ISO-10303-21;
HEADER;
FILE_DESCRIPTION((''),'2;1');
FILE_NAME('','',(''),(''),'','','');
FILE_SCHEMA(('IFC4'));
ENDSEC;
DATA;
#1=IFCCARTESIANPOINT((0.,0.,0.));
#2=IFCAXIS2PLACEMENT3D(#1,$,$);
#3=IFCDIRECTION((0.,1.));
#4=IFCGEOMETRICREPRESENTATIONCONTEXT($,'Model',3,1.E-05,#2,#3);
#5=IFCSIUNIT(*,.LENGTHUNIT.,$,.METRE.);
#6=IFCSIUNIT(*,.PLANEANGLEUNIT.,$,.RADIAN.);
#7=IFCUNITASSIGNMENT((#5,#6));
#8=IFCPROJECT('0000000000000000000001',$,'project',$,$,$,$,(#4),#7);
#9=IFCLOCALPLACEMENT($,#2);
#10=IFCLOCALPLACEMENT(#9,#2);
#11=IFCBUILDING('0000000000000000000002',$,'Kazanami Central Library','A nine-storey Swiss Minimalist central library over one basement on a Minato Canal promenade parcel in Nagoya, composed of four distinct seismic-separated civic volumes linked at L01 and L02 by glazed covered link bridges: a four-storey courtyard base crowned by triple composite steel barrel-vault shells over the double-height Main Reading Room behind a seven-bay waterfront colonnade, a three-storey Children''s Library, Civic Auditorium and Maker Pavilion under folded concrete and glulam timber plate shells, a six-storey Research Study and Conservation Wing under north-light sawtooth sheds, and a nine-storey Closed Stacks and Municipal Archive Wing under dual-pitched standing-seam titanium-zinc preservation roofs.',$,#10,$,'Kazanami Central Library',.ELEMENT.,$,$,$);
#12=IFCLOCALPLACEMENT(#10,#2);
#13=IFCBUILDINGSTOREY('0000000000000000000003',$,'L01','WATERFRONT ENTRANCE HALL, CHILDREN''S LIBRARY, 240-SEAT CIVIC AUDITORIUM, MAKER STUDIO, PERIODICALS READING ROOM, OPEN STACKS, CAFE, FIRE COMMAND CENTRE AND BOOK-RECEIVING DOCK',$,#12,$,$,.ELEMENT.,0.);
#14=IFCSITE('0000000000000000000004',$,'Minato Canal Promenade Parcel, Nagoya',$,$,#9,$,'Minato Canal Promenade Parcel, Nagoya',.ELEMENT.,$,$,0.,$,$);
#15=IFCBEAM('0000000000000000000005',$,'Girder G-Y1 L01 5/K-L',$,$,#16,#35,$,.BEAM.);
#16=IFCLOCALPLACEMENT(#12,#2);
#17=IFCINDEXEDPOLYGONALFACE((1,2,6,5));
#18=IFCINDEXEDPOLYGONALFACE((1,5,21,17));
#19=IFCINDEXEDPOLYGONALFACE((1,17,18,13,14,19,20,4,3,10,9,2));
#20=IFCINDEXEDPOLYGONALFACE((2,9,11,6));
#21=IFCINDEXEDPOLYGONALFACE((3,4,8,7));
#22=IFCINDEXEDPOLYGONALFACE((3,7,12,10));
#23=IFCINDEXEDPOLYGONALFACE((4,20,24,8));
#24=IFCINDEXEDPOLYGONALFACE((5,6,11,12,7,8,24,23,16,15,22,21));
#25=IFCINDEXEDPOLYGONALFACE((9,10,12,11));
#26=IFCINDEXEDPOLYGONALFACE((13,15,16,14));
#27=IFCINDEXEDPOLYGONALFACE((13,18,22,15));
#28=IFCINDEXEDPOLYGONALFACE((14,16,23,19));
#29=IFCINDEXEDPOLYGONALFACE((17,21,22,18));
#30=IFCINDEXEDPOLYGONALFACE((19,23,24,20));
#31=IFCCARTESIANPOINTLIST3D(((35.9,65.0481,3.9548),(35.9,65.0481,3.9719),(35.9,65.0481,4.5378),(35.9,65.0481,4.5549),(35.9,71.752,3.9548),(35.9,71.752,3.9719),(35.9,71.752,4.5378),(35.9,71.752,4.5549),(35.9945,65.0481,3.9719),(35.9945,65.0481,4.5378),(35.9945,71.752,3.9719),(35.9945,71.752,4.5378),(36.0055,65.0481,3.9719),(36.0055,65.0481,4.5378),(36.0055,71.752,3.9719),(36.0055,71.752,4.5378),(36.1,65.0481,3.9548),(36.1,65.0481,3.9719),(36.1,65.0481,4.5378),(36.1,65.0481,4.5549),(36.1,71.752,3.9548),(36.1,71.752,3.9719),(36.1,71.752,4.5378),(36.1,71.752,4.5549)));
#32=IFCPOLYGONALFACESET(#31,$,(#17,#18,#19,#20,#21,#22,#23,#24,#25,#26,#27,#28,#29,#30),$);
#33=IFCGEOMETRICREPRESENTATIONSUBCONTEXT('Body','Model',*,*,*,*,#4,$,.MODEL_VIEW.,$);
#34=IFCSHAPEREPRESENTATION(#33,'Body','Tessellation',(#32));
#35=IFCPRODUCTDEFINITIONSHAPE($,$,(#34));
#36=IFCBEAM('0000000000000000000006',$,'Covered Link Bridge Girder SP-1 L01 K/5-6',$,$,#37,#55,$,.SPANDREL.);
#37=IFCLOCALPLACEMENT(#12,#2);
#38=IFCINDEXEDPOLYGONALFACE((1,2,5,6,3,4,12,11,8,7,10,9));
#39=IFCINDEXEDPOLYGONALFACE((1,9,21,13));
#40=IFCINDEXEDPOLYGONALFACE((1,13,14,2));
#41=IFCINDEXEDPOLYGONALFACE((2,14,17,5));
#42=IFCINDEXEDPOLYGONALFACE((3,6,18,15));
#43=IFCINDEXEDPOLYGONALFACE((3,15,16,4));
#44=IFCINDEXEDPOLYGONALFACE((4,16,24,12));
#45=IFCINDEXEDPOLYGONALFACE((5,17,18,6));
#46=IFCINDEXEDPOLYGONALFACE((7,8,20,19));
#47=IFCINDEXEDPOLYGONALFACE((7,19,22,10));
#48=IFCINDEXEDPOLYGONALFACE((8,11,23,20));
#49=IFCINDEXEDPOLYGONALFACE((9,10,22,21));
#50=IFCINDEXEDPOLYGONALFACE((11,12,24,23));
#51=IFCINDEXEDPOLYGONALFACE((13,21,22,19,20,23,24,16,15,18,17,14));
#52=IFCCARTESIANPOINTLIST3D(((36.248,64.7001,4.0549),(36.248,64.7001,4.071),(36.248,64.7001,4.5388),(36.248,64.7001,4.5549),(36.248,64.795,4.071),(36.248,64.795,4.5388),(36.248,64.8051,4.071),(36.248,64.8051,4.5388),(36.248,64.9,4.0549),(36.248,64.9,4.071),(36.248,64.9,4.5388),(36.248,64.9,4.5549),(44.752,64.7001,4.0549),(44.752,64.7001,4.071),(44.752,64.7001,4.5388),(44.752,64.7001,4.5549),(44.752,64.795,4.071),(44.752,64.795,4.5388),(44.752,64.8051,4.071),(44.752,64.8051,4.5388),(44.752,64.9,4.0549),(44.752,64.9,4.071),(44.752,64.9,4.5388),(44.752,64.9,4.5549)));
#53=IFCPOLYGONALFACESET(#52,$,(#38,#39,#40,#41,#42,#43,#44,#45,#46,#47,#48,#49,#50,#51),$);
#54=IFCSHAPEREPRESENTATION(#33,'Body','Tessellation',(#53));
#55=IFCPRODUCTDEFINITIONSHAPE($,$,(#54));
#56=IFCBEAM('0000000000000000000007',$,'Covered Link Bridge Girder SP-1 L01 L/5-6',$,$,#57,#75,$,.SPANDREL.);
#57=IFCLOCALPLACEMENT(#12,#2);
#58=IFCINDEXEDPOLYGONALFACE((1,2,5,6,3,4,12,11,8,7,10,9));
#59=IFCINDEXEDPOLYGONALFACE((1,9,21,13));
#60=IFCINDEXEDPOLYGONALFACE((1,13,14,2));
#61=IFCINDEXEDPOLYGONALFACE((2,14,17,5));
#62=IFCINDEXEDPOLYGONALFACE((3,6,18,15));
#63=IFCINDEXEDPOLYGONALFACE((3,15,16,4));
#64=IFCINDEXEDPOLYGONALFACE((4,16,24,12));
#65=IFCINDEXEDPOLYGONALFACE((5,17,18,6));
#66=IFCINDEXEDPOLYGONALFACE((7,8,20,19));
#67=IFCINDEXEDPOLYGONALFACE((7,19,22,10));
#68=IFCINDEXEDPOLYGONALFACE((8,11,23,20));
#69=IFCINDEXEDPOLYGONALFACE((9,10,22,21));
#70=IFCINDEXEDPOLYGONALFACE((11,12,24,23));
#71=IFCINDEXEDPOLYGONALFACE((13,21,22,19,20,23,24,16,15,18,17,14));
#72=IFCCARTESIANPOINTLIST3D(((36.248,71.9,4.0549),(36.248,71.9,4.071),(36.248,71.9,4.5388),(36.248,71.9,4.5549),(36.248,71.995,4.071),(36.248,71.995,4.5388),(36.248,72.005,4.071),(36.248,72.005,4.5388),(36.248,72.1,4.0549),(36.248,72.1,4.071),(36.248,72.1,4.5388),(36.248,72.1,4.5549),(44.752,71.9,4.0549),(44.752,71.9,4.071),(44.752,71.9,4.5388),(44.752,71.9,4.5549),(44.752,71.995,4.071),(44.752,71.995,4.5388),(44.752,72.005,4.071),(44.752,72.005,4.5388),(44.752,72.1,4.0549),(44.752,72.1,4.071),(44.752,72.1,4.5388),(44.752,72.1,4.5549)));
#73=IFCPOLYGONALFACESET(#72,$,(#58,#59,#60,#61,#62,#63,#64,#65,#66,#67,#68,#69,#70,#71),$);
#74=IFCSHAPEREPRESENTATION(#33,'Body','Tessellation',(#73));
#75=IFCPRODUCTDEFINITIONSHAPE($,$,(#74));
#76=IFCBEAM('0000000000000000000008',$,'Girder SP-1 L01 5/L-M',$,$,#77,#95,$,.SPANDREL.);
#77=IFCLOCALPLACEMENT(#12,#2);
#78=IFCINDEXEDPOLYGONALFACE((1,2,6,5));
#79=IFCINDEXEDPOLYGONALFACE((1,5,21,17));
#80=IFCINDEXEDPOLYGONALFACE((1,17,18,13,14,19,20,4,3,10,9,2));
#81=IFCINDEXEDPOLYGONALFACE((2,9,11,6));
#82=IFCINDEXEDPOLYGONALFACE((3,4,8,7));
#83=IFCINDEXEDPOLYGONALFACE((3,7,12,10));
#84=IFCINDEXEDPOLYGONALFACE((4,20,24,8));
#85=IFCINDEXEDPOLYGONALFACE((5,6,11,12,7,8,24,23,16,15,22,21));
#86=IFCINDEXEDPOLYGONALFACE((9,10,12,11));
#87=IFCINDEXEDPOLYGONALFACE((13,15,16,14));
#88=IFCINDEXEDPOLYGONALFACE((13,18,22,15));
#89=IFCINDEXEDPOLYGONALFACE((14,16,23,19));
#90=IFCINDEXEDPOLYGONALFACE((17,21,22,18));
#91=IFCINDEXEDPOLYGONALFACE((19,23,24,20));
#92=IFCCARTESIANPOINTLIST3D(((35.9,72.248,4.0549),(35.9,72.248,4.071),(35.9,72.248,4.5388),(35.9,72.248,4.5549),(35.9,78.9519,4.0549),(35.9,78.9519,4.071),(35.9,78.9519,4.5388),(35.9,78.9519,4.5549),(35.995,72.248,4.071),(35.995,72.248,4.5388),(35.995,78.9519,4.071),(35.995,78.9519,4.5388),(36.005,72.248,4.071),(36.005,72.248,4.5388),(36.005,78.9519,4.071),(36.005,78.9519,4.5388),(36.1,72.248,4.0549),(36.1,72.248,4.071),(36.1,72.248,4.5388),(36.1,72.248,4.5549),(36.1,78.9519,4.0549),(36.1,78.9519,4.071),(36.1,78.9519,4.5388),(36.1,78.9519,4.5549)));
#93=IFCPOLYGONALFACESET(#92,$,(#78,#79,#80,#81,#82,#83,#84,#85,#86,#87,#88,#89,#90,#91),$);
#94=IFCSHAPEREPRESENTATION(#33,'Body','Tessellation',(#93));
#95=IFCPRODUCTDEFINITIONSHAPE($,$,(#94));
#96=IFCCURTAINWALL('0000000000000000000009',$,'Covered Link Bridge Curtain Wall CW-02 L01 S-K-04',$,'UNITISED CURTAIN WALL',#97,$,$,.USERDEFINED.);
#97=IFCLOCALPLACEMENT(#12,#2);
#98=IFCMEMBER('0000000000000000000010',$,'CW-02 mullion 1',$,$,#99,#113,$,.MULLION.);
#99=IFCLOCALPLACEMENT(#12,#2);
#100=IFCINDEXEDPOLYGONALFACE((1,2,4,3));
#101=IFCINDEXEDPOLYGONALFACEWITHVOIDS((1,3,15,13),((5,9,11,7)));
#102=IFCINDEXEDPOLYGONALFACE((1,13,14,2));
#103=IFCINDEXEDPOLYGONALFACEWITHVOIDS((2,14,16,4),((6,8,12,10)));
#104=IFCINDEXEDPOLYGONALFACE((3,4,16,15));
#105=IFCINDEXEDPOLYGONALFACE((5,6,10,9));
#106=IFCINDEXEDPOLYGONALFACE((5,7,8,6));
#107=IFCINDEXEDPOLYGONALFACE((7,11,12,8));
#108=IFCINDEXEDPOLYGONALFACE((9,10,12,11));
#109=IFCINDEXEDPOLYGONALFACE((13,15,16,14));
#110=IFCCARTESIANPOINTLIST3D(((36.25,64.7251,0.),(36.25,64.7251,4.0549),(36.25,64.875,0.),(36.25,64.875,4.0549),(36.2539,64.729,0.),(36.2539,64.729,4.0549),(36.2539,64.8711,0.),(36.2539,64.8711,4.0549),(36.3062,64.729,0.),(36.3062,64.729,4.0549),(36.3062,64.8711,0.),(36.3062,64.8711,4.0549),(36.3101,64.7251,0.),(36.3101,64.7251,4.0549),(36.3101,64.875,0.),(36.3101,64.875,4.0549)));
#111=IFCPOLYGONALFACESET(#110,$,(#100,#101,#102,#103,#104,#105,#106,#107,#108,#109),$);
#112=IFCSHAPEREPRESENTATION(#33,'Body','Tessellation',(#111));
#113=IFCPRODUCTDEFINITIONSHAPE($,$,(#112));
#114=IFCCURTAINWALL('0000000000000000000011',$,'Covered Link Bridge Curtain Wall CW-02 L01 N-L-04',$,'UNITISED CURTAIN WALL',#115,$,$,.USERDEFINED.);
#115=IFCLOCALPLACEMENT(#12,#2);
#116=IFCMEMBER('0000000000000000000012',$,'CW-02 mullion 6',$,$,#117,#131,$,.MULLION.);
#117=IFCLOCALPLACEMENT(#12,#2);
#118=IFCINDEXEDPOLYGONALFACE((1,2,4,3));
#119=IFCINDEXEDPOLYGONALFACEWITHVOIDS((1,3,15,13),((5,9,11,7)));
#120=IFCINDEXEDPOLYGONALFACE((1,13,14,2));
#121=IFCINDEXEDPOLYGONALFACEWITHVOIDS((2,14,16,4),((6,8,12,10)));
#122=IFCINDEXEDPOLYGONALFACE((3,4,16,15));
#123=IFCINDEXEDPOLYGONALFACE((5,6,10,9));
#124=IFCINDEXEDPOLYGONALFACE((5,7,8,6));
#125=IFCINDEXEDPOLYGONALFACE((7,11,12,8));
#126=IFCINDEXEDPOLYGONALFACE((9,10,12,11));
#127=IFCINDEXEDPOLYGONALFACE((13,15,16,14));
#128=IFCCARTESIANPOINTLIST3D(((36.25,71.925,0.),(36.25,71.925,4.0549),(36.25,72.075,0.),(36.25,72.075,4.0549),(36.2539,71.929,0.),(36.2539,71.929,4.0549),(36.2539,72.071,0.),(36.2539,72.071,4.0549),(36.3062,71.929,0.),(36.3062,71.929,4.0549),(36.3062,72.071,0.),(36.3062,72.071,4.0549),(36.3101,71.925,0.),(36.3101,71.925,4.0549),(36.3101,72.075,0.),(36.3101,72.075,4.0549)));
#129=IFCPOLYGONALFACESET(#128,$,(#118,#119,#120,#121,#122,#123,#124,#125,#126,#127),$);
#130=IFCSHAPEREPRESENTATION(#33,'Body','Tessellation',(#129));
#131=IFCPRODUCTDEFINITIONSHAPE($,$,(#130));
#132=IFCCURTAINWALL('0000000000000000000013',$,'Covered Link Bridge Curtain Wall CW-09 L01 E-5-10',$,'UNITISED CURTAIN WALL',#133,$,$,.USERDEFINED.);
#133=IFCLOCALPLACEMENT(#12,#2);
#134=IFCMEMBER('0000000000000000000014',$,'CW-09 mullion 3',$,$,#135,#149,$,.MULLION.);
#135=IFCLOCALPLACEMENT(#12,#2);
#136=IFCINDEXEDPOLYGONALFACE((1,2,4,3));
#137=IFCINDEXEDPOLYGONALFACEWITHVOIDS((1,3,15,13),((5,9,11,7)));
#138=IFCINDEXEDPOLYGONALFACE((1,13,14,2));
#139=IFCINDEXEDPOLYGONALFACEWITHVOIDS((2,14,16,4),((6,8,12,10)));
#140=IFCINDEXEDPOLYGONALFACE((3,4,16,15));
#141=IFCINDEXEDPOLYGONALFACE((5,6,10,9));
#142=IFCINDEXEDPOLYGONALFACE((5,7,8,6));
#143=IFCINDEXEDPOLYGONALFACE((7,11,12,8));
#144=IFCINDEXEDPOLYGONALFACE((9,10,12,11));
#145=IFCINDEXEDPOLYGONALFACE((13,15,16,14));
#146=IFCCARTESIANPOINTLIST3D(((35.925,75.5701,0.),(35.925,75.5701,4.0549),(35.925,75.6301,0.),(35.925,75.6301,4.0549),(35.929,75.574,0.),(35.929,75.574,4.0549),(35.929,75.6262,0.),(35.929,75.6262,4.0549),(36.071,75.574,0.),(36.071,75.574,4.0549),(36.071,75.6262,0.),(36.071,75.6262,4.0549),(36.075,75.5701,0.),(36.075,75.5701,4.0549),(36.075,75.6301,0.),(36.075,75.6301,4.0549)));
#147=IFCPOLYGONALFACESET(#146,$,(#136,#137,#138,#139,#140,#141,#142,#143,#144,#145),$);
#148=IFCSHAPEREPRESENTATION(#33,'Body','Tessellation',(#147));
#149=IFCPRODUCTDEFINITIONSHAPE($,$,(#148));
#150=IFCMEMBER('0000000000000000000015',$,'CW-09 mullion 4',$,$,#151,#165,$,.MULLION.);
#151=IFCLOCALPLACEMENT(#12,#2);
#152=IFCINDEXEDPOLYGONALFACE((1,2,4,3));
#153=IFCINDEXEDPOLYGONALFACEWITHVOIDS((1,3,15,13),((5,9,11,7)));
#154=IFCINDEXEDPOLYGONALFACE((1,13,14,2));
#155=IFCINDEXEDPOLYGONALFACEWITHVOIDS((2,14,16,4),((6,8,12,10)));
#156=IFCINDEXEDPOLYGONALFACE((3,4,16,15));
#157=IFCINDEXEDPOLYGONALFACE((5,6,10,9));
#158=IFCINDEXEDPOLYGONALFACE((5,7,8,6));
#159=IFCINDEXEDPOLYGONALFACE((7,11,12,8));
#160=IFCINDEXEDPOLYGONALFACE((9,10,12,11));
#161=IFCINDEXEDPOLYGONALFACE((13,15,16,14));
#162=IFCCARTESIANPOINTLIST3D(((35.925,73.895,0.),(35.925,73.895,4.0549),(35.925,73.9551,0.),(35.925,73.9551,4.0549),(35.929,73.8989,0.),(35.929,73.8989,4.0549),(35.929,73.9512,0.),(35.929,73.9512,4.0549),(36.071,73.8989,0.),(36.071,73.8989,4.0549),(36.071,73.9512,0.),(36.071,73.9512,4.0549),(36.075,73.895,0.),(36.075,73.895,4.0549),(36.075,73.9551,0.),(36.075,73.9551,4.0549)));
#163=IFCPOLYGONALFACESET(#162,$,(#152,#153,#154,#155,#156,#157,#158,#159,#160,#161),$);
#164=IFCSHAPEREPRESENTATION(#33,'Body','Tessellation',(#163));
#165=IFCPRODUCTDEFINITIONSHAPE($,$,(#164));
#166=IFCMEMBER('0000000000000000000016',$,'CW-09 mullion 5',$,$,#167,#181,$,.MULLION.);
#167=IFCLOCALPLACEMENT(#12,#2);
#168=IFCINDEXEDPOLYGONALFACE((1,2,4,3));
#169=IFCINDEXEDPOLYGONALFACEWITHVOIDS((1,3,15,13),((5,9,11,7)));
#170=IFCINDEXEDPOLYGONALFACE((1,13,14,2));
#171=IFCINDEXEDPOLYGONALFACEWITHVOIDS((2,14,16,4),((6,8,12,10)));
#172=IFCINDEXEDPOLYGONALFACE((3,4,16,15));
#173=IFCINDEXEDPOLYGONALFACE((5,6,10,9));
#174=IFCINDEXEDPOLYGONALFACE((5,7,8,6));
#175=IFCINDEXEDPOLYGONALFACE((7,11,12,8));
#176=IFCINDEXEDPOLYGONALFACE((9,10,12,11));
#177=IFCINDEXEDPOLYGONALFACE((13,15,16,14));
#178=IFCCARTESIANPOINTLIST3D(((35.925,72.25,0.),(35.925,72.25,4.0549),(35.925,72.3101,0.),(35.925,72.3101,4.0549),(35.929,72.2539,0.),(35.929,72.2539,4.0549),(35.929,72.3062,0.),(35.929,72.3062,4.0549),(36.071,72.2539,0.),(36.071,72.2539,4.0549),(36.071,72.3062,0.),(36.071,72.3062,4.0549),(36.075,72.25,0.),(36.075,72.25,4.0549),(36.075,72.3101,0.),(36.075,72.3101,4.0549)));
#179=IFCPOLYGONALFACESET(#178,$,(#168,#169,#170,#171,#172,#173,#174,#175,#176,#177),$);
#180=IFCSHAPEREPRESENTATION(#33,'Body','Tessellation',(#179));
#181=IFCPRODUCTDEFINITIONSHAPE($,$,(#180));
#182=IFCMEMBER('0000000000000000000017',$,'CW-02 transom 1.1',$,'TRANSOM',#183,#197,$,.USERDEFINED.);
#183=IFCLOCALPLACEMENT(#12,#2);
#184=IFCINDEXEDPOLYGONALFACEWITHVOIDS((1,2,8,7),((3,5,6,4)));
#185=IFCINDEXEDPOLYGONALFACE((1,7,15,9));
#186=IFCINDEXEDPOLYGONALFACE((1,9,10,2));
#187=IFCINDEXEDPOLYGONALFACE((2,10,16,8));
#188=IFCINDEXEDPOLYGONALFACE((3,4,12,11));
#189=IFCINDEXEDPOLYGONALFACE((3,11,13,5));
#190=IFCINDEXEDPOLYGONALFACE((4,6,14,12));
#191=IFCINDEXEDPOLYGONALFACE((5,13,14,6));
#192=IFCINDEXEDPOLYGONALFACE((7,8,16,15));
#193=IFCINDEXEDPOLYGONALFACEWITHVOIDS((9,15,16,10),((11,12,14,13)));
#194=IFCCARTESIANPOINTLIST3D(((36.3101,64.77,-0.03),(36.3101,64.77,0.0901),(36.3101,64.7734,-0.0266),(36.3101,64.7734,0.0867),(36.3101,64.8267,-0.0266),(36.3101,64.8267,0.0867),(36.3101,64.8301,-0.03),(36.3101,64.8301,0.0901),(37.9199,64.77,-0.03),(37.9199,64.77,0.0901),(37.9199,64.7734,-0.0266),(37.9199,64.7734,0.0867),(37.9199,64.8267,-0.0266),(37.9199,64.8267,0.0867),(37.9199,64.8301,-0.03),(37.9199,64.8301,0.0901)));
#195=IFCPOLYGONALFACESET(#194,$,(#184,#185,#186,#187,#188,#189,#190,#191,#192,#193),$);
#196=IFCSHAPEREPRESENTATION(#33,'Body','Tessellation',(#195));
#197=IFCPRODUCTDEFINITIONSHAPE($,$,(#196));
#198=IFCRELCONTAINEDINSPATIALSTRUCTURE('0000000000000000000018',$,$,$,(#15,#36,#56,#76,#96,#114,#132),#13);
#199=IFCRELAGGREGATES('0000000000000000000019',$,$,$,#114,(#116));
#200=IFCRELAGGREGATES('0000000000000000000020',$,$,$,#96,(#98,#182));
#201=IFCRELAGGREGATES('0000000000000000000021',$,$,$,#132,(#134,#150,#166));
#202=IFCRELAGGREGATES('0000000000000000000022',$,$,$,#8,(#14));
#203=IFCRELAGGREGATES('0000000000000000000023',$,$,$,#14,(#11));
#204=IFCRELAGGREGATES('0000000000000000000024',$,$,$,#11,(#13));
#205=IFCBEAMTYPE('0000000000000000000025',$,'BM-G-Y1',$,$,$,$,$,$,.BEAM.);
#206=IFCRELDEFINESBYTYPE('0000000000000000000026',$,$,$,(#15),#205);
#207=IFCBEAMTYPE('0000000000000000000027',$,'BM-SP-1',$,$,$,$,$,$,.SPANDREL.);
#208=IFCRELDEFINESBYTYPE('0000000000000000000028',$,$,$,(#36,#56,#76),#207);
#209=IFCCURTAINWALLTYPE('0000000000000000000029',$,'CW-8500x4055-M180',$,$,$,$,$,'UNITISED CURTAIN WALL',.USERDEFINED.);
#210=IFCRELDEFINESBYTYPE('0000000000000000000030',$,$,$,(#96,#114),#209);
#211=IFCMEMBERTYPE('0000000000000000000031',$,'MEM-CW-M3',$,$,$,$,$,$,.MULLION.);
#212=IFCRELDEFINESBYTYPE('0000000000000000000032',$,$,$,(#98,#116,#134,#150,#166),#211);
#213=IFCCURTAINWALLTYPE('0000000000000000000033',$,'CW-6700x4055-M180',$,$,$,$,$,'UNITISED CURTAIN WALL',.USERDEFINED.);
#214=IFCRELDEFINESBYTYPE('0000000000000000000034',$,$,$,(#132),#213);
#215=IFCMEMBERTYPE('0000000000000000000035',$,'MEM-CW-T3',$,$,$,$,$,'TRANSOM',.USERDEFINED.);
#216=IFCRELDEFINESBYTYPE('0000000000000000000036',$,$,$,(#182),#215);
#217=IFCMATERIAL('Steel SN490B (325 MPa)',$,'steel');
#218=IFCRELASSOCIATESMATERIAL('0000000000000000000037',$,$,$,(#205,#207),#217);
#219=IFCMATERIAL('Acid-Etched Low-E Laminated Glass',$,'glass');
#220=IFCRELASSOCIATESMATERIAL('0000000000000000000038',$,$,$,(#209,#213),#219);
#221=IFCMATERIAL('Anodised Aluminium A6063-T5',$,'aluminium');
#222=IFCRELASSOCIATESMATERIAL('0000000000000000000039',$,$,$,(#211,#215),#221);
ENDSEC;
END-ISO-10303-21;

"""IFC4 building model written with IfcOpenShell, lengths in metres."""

from ifc_helpers import new_model, si_unit, direction, frame, origin, origin_2d, place, context, subcontext, project, spatial, hollow_rectangle, i_section, extrude, material, material_profile, profile_set, type_object, element, aggregate, save


model = new_model("IFC4")

# Units and contexts
model_context = context("Model", 3, precision=1e-05, world=origin(), true_north=direction((0.0, 1.0)))
body_context = subcontext(model_context, "Body", "Model", "MODEL_VIEW")
ifc_project = project(units=[si_unit("LENGTHUNIT", "METRE"), si_unit("PLANEANGLEUNIT", "RADIAN")], contexts=[model_context])

# Site, building, storey
site_placement = place(None, origin())
site = spatial("IfcSite", under=ifc_project, at=site_placement, Name="Minato Canal Promenade Parcel, Nagoya", LongName="Minato Canal Promenade Parcel, Nagoya", CompositionType="ELEMENT", RefElevation=0.0)
building_placement = place(site_placement, origin())
building = spatial("IfcBuilding", under=site, at=building_placement, Name="Kazanami Central Library", Description="A nine-storey Swiss Minimalist central library over one basement on a Minato Canal promenade parcel in Nagoya, composed of four distinct seismic-separated civic volumes linked at L01 and L02 by glazed covered link bridges: a four-storey courtyard base crowned by triple composite steel barrel-vault shells over the double-height Main Reading Room behind a seven-bay waterfront colonnade, a three-storey Children's Library, Civic Auditorium and Maker Pavilion under folded concrete and glulam timber plate shells, a six-storey Research Study and Conservation Wing under north-light sawtooth sheds, and a nine-storey Closed Stacks and Municipal Archive Wing under dual-pitched standing-seam titanium-zinc preservation roofs.", LongName="Kazanami Central Library", CompositionType="ELEMENT")
storey_placement = place(building_placement, origin())
storey = spatial("IfcBuildingStorey", under=building, at=storey_placement, Name="L01", Description="WATERFRONT ENTRANCE HALL, CHILDREN'S LIBRARY, 240-SEAT CIVIC AUDITORIUM, MAKER STUDIO, PERIODICALS READING ROOM, OPEN STACKS, CAFE, FIRE COMMAND CENTRE AND BOOK-RECEIVING DOCK", CompositionType="ELEMENT", Elevation=0.0)

# Beams
ifc_material_1 = material(Name="Steel SN490B (325 MPa)", Category="steel")
ifc_material_profile_1 = material_profile(ifc_material_1, i_section(OverallWidth=0.2, OverallDepth=0.6001, WebThickness=0.011, FlangeThickness=0.0171, at=origin_2d()), Name="H-600x200x11x17")
ifc_profile_set_1 = profile_set([ifc_material_profile_1], Name="Steel SN490B (325 MPa)")
beam_type_1 = type_object("IfcBeamType", Name="BM-G-Y1", PredefinedType="BEAM", material=ifc_profile_set_1)
beam_1_placement = place(storey_placement, frame((36.0, 65.0481, 4.2549), z_axis=(0.0, 1.0, 0.0), x_axis=(-1.0, 0.0, 0.0)))
element("IfcBeam", 1, at=beam_1_placement, inside=storey, type_object=beam_type_1, Name="Girder G-Y1 L01 5/K-L", PredefinedType="BEAM", context=body_context, shape_type="SweptSolid", body=[
    extrude(i_section(OverallWidth=0.2, OverallDepth=0.6001, WebThickness=0.011, FlangeThickness=0.0171, at=origin_2d()), origin(), (0.0, 0.0, 1.0), 6.7039),
])
ifc_material_profile_2 = material_profile(ifc_material_1, i_section(OverallWidth=0.2, OverallDepth=0.5, WebThickness=0.01, FlangeThickness=0.0161, at=origin_2d()), Name="H-500x200x10x16")
ifc_profile_set_2 = profile_set([ifc_material_profile_2], Name="Steel SN490B (325 MPa)")
beam_type_2 = type_object("IfcBeamType", Name="BM-SP-1", PredefinedType="SPANDREL", material=ifc_profile_set_2)
for number, where, z_axis, x_axis, name in (
    (2, (36.248, 64.8, 4.3049), (1.0, 0.0, 0.0), (0.0, 1.0, 0.0), "Covered Link Bridge Girder SP-1 L01 K/5-6"),
    (3, (36.248, 72.0, 4.3049), (1.0, 0.0, 0.0), (0.0, 1.0, 0.0), "Covered Link Bridge Girder SP-1 L01 L/5-6"),
):
    element("IfcBeam", number, at=place(storey_placement, frame(where, z_axis=z_axis, x_axis=x_axis)), inside=storey, type_object=beam_type_2, Name=name, PredefinedType="SPANDREL", context=body_context, shape_type="SweptSolid", body=[
        extrude(i_section(OverallWidth=0.2, OverallDepth=0.5, WebThickness=0.01, FlangeThickness=0.0161, at=origin_2d()), origin(), (0.0, 0.0, 1.0), 8.5039),
    ])
beam_2_placement = place(storey_placement, frame((36.0, 72.248, 4.3049), z_axis=(0.0, 1.0, 0.0), x_axis=(-1.0, 0.0, 0.0)))
element("IfcBeam", 4, at=beam_2_placement, inside=storey, type_object=beam_type_2, Name="Girder SP-1 L01 5/L-M", PredefinedType="SPANDREL", context=body_context, shape_type="SweptSolid", body=[
    extrude(i_section(OverallWidth=0.2, OverallDepth=0.5, WebThickness=0.01, FlangeThickness=0.0161, at=origin_2d()), origin(), (0.0, 0.0, 1.0), 6.7039),
])

# Curtain walls, members
ifc_material_2 = material(Name="Acid-Etched Low-E Laminated Glass", Category="glass")
curtain_wall_type_1 = type_object("IfcCurtainWallType", Name="CW-8500x4055-M180", ElementType="UNITISED CURTAIN WALL", PredefinedType="USERDEFINED", material=ifc_material_2)
curtain_wall_1_placement = place(storey_placement, origin())
curtain_wall_1 = element("IfcCurtainWall", 5, at=curtain_wall_1_placement, inside=storey, type_object=curtain_wall_type_1, Name="Covered Link Bridge Curtain Wall CW-02 L01 S-K-04", ObjectType="UNITISED CURTAIN WALL", PredefinedType="USERDEFINED")
ifc_material_3 = material(Name="Anodised Aluminium A6063-T5", Category="aluminium")
ifc_material_profile_3 = material_profile(ifc_material_3, hollow_rectangle(XDim=0.0601, YDim=0.1499, WallThickness=0.0039, at=origin_2d()), Name="ALU-MULL-60x150x4")
ifc_profile_set_3 = profile_set([ifc_material_profile_3], Name="Anodised Aluminium A6063-T5")
member_type_1 = type_object("IfcMemberType", Name="MEM-CW-M3", PredefinedType="MULLION", material=ifc_profile_set_3)
member_1_placement = place(storey_placement, frame((36.28, 64.8, 0.0), z_axis=(0.0, 0.0, 1.0), x_axis=(1.0, 0.0, 0.0)))
member_1 = element("IfcMember", 6, at=member_1_placement, type_object=member_type_1, Name="CW-02 mullion 1", PredefinedType="MULLION", context=body_context, shape_type="SweptSolid", body=[
    extrude(hollow_rectangle(XDim=0.0601, YDim=0.1499, WallThickness=0.0039, at=origin_2d()), origin(), (0.0, 0.0, 1.0), 4.0549),
])
curtain_wall_2_placement = place(storey_placement, origin())
curtain_wall_2 = element("IfcCurtainWall", 7, at=curtain_wall_2_placement, inside=storey, type_object=curtain_wall_type_1, Name="Covered Link Bridge Curtain Wall CW-02 L01 N-L-04", ObjectType="UNITISED CURTAIN WALL", PredefinedType="USERDEFINED")
member_2_placement = place(storey_placement, frame((36.28, 72.0, 0.0), z_axis=(0.0, 0.0, 1.0), x_axis=(-1.0, 0.0, 0.0)))
member_2 = element("IfcMember", 8, at=member_2_placement, type_object=member_type_1, Name="CW-02 mullion 6", PredefinedType="MULLION", context=body_context, shape_type="SweptSolid", body=[
    extrude(hollow_rectangle(XDim=0.0601, YDim=0.1499, WallThickness=0.0039, at=origin_2d()), origin(), (0.0, 0.0, 1.0), 4.0549),
])
aggregate(curtain_wall_2, [member_2])

# Curtain wall, members
curtain_wall_type_2 = type_object("IfcCurtainWallType", Name="CW-6700x4055-M180", ElementType="UNITISED CURTAIN WALL", PredefinedType="USERDEFINED", material=ifc_material_2)
curtain_wall_3_placement = place(storey_placement, origin())
curtain_wall_3 = element("IfcCurtainWall", 9, at=curtain_wall_3_placement, inside=storey, type_object=curtain_wall_type_2, Name="Covered Link Bridge Curtain Wall CW-09 L01 E-5-10", ObjectType="UNITISED CURTAIN WALL", PredefinedType="USERDEFINED")
member_3_placement = place(storey_placement, frame((36.0, 75.6001, 0.0), z_axis=(0.0, 0.0, 1.0), x_axis=(0.0, -1.0, 0.0)))
member_3 = element("IfcMember", 10, at=member_3_placement, type_object=member_type_1, Name="CW-09 mullion 3", PredefinedType="MULLION", context=body_context, shape_type="SweptSolid", body=[
    extrude(hollow_rectangle(XDim=0.0601, YDim=0.1499, WallThickness=0.0039, at=origin_2d()), origin(), (0.0, 0.0, 1.0), 4.0549),
])
member_4_placement = place(storey_placement, frame((36.0, 73.925, 0.0), z_axis=(0.0, 0.0, 1.0), x_axis=(0.0, -1.0, 0.0)))
member_4 = element("IfcMember", 11, at=member_4_placement, type_object=member_type_1, Name="CW-09 mullion 4", PredefinedType="MULLION", context=body_context, shape_type="SweptSolid", body=[
    extrude(hollow_rectangle(XDim=0.0601, YDim=0.1499, WallThickness=0.0039, at=origin_2d()), origin(), (0.0, 0.0, 1.0), 4.0549),
])
member_5_placement = place(storey_placement, frame((36.0, 72.28, 0.0), z_axis=(0.0, 0.0, 1.0), x_axis=(0.0, -1.0, 0.0)))
member_5 = element("IfcMember", 12, at=member_5_placement, type_object=member_type_1, Name="CW-09 mullion 5", PredefinedType="MULLION", context=body_context, shape_type="SweptSolid", body=[
    extrude(hollow_rectangle(XDim=0.0601, YDim=0.1499, WallThickness=0.0039, at=origin_2d()), origin(), (0.0, 0.0, 1.0), 4.0549),
])

# Member
ifc_material_profile_4 = material_profile(ifc_material_3, hollow_rectangle(XDim=0.0601, YDim=0.1201, WallThickness=0.0034, at=origin_2d()), Name="ALU-TRAN-60x120x3.5")
ifc_profile_set_4 = profile_set([ifc_material_profile_4], Name="Anodised Aluminium A6063-T5")
member_type_2 = type_object("IfcMemberType", Name="MEM-CW-T3", ElementType="TRANSOM", PredefinedType="USERDEFINED", material=ifc_profile_set_4)
member_6_placement = place(storey_placement, frame((36.3101, 64.8, 0.03), z_axis=(1.0, 0.0, 0.0), x_axis=(0.0, 1.0, 0.0)))
member_6 = element("IfcMember", 13, at=member_6_placement, type_object=member_type_2, Name="CW-02 transom 1.1", ObjectType="TRANSOM", PredefinedType="USERDEFINED", context=body_context, shape_type="SweptSolid", body=[
    extrude(hollow_rectangle(XDim=0.0601, YDim=0.1201, WallThickness=0.0034, at=origin_2d()), origin(), (0.0, 0.0, 1.0), 1.6099),
])

aggregate(curtain_wall_1, [member_1, member_6])
aggregate(curtain_wall_3, [member_3, member_4, member_5])

save(model, "model.ifc")
